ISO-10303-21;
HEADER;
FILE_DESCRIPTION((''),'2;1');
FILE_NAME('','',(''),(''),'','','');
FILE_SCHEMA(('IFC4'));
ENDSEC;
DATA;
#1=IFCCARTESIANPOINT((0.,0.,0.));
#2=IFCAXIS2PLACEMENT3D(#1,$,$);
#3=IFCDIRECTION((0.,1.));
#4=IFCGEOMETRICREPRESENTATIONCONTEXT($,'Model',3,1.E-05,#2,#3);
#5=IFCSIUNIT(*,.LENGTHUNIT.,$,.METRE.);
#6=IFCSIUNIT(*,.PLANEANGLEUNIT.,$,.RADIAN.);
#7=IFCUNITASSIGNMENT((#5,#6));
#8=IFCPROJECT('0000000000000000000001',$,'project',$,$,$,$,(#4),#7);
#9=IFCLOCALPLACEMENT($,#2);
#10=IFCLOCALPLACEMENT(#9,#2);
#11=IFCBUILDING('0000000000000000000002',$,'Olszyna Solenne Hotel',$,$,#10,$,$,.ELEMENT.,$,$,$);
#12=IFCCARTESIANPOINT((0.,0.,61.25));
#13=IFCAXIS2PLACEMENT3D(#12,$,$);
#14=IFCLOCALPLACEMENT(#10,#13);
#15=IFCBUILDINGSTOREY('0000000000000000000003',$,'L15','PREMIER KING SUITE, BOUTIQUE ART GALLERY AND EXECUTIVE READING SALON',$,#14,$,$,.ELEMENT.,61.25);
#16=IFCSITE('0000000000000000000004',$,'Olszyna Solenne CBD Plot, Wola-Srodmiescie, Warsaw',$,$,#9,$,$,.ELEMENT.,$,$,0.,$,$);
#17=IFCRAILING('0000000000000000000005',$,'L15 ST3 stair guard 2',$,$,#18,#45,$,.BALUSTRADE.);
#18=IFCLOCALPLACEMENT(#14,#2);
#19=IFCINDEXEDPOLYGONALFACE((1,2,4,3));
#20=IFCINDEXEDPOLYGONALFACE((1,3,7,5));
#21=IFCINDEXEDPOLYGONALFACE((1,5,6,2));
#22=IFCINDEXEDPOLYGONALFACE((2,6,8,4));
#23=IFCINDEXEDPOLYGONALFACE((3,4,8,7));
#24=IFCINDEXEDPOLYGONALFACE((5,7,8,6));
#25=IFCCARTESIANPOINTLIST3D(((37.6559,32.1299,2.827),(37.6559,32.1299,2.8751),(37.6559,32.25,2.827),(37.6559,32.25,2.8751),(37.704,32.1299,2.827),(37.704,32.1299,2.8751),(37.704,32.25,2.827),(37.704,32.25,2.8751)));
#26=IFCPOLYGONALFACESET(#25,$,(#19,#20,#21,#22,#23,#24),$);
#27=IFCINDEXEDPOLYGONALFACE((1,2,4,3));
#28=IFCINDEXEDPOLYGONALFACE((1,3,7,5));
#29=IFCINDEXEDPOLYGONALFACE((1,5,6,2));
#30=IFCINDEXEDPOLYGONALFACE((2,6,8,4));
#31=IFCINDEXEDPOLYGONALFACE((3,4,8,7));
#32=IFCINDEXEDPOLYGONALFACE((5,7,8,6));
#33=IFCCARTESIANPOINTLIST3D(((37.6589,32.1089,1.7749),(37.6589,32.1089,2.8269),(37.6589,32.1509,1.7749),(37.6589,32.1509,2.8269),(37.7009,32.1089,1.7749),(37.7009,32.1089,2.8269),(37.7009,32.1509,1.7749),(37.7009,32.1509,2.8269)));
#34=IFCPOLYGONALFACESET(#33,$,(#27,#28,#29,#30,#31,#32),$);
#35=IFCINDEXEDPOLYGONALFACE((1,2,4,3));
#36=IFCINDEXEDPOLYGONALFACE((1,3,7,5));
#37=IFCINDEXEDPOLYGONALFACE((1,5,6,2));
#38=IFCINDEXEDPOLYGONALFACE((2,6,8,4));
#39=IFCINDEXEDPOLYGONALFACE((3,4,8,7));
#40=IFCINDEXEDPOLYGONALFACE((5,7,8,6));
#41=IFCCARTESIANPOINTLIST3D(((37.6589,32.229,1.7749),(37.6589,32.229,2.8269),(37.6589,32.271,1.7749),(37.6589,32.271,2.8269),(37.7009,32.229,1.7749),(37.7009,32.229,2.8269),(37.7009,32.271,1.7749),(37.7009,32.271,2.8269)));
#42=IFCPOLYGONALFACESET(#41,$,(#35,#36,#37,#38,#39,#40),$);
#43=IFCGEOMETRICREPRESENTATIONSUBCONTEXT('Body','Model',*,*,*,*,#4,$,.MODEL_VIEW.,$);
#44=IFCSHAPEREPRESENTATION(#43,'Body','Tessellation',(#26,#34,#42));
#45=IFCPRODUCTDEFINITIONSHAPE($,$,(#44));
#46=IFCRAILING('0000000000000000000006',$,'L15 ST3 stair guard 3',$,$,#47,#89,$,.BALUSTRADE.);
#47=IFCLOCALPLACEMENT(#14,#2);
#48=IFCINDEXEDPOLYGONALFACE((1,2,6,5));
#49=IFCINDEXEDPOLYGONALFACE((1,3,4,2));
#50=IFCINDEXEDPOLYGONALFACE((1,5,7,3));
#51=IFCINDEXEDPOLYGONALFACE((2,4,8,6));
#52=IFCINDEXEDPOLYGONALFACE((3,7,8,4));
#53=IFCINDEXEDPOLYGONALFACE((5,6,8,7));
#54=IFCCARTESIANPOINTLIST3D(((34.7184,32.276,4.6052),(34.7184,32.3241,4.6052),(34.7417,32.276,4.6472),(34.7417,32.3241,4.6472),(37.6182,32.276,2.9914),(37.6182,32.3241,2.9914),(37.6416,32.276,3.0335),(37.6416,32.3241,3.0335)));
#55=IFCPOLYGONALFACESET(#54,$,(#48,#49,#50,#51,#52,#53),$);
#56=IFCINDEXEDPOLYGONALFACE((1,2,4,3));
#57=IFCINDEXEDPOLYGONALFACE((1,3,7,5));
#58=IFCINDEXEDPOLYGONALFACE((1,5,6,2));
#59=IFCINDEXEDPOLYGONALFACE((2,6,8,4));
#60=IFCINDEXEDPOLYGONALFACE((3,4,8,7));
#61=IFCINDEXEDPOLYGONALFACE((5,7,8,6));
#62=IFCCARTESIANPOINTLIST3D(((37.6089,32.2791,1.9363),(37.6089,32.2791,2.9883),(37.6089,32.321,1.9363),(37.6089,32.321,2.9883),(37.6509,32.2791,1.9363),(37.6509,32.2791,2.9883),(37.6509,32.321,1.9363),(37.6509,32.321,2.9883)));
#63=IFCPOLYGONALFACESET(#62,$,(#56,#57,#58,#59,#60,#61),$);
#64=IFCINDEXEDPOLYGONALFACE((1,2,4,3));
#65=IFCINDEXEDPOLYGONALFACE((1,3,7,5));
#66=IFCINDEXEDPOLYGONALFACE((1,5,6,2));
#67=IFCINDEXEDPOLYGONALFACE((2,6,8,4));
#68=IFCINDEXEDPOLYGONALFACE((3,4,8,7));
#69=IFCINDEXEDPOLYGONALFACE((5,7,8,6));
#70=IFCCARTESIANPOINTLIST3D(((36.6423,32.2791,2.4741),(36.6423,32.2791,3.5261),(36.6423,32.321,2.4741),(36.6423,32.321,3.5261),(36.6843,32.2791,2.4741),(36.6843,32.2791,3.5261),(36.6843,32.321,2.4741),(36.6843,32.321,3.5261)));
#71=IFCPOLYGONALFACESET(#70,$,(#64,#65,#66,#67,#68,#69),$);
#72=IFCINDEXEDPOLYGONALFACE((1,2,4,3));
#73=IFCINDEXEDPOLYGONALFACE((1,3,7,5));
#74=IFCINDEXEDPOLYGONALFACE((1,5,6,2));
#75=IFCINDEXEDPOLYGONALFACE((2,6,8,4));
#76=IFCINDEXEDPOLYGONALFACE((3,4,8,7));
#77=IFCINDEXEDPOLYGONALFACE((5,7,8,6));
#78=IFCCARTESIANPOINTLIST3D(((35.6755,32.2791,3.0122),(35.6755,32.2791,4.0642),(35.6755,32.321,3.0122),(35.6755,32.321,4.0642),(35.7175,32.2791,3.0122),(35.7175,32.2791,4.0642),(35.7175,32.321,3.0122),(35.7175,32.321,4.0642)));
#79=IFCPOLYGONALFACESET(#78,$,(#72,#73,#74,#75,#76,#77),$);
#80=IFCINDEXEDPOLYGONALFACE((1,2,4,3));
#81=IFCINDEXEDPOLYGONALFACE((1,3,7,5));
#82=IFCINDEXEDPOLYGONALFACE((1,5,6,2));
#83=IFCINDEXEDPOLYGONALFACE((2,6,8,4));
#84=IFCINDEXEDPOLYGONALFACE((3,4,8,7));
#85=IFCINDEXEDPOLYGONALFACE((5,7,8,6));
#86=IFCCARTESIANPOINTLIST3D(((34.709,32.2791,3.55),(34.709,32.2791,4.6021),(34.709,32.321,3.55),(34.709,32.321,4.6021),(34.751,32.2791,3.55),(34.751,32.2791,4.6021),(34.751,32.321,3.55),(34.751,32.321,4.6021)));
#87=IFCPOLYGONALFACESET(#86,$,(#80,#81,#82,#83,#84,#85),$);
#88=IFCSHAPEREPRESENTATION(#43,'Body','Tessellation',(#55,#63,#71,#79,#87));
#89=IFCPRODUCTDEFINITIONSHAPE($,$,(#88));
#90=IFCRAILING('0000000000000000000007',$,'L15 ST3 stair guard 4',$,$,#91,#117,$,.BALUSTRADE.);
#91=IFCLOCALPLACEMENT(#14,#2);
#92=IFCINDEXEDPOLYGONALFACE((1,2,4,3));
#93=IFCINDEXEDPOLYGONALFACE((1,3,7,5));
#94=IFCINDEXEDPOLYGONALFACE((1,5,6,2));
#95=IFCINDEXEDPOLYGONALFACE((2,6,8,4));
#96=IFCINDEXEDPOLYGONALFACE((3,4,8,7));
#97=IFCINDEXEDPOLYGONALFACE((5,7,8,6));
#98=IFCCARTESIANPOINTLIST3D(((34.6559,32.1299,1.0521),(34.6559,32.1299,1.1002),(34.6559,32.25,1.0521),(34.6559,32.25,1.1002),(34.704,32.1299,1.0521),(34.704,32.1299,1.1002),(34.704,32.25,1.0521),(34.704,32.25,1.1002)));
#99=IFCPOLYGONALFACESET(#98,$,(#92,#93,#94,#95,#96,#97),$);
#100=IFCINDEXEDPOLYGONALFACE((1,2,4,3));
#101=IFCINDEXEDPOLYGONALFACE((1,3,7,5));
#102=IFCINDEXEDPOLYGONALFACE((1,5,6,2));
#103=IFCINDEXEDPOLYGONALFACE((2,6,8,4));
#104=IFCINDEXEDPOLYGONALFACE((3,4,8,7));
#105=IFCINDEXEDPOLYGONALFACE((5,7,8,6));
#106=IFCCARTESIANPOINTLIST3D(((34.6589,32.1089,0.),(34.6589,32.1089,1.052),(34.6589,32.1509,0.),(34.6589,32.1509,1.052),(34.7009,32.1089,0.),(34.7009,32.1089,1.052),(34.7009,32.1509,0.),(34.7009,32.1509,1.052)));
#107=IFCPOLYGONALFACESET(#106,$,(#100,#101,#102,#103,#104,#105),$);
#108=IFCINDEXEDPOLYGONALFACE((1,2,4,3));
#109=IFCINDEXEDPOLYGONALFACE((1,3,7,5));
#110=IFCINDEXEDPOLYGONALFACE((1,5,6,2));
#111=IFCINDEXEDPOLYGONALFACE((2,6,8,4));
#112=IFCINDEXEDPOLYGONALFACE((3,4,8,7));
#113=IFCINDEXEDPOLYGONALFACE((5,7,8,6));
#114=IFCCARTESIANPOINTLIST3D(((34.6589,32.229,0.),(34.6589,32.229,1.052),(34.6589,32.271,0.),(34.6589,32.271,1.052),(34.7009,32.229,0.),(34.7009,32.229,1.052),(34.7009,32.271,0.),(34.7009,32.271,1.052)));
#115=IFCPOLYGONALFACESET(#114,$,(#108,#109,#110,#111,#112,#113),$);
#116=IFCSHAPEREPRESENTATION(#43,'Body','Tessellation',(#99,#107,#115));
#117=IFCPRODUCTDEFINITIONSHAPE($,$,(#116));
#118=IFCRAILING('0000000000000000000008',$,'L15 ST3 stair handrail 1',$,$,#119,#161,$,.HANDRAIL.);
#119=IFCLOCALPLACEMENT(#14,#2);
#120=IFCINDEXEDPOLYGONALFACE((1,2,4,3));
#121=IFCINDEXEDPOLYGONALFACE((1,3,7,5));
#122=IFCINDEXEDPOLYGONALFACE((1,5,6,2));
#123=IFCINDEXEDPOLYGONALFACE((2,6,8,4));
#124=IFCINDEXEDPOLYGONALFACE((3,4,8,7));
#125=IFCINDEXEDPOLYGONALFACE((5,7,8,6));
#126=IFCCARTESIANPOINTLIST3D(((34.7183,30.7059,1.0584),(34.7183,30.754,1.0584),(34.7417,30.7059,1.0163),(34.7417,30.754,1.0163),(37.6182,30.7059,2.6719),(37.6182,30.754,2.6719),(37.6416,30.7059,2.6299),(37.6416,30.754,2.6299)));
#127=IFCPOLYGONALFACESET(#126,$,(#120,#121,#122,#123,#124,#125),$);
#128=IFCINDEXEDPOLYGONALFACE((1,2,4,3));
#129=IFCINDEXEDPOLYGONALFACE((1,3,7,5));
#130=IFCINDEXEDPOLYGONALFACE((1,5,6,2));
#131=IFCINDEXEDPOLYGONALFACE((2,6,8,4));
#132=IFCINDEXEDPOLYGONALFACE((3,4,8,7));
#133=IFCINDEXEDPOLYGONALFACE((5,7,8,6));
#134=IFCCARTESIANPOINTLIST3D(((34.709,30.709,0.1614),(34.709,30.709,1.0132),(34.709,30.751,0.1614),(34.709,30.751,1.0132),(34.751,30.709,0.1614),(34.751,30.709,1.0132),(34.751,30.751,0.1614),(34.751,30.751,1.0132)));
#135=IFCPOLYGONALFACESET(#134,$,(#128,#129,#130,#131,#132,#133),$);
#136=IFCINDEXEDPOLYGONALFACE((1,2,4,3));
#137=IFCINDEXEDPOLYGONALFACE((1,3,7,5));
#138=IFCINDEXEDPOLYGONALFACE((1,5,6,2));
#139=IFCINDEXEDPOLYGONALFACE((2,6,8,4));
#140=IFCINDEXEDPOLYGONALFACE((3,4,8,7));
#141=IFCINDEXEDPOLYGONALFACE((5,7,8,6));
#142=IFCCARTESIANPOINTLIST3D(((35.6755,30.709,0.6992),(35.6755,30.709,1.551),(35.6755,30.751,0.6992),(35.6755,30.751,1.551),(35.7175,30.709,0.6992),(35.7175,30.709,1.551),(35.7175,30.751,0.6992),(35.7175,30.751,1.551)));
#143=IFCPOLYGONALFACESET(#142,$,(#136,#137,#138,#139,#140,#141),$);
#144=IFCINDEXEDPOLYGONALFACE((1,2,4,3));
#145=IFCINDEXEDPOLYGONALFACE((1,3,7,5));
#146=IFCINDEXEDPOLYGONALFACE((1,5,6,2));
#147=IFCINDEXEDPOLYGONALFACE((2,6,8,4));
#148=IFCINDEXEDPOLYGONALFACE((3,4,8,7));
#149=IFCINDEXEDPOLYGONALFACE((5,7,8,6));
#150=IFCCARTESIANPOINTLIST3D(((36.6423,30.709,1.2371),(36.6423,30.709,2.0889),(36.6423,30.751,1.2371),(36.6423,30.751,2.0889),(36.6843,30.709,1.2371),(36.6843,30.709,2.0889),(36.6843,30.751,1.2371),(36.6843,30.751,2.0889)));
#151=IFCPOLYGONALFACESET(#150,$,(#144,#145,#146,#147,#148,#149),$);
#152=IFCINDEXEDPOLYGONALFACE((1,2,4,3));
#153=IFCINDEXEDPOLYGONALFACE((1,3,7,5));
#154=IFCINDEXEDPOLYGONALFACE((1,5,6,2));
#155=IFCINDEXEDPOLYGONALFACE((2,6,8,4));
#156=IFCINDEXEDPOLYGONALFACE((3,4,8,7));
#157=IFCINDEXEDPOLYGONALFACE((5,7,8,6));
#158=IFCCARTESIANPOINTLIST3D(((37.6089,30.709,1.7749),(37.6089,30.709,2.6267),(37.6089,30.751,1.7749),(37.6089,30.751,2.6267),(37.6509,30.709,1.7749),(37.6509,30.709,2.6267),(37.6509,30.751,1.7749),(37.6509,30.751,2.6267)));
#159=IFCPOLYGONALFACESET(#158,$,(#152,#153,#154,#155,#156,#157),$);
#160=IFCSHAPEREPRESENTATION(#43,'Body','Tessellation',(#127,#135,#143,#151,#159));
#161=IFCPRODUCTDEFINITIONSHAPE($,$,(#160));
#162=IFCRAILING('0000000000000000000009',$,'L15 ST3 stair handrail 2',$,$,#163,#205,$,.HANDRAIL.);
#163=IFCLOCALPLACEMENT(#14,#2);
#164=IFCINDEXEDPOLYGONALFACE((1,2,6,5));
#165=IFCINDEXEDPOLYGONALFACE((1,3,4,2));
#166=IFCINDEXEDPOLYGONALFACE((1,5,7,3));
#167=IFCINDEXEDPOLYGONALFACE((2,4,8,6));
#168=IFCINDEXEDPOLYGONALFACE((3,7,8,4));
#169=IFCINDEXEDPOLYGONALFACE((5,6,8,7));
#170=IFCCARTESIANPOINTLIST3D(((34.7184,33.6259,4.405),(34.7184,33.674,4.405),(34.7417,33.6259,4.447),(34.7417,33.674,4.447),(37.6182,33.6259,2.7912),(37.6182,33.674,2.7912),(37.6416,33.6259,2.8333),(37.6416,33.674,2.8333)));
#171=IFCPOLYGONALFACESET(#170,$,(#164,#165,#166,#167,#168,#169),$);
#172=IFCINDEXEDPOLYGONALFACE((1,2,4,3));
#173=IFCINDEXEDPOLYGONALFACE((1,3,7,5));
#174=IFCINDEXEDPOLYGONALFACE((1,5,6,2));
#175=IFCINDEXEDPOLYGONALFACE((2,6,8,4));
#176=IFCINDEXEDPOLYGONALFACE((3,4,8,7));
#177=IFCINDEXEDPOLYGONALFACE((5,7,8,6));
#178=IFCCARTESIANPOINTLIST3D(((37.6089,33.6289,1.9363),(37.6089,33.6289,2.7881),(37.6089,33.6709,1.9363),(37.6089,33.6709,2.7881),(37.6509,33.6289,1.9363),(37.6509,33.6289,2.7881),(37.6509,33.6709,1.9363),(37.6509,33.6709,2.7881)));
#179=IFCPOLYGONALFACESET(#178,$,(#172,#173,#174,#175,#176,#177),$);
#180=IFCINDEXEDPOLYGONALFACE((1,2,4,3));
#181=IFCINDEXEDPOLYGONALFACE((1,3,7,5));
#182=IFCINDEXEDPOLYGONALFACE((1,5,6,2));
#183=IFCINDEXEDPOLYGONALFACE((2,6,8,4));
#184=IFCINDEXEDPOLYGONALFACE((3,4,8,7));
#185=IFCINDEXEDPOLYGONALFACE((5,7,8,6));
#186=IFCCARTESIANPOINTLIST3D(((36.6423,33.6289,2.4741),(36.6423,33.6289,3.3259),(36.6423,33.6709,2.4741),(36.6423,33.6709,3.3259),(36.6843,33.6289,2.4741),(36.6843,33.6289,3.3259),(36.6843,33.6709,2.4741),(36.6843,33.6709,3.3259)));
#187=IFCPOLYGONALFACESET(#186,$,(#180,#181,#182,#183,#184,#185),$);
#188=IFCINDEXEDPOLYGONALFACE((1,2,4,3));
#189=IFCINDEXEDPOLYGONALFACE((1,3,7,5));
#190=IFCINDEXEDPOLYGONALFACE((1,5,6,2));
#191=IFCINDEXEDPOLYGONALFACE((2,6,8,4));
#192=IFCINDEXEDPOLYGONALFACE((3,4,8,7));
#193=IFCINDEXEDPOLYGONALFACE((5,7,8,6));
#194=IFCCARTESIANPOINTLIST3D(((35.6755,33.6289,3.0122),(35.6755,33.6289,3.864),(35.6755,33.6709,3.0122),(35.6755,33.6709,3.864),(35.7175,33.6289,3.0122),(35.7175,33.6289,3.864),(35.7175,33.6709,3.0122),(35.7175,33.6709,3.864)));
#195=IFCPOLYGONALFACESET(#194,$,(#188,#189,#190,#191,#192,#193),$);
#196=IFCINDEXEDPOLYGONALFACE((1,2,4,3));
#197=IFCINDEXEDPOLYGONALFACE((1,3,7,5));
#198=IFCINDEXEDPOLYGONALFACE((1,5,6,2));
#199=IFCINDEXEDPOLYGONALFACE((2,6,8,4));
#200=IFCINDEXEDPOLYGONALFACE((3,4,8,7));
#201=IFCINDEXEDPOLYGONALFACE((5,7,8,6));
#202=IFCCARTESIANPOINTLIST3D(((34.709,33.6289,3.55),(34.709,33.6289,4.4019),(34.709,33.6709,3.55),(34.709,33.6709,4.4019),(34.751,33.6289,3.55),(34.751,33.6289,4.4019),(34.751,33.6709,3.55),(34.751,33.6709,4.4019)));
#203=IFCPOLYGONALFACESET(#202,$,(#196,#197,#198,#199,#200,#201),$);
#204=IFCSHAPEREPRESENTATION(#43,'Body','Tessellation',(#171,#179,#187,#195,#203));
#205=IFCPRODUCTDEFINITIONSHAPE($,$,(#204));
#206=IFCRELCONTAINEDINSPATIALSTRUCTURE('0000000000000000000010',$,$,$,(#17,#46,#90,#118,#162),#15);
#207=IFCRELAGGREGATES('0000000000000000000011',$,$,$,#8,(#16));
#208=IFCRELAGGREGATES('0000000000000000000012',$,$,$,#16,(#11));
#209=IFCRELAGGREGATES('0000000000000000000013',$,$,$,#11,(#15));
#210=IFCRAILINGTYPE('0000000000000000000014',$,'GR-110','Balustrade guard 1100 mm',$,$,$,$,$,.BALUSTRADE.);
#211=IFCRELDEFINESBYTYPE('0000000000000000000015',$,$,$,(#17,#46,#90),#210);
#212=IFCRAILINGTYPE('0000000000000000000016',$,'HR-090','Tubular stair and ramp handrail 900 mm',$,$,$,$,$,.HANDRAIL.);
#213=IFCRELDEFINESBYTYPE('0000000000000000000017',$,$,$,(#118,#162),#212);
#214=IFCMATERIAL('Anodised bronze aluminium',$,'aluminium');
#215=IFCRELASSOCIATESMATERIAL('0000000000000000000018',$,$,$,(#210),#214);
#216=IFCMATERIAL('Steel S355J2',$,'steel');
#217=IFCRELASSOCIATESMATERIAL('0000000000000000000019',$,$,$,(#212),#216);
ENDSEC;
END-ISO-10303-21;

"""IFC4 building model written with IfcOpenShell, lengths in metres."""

from ifc_helpers import new_model, si_unit, direction, frame, origin, origin_2d, place, context, subcontext, project, spatial, rectangle, extrude, material, type_object, element, save


model = new_model("IFC4")

# Units and contexts
model_context = context("Model", 3, precision=1e-05, world=origin(), true_north=direction((0.0, 1.0)))
body_context = subcontext(model_context, "Body", "Model", "MODEL_VIEW")
ifc_project = project(units=[si_unit("LENGTHUNIT", "METRE"), si_unit("PLANEANGLEUNIT", "RADIAN")], contexts=[model_context])

# Site, building, storey
site_placement = place(None, origin())
site = spatial("IfcSite", under=ifc_project, at=site_placement, Name="Olszyna Solenne CBD Plot, Wola-Srodmiescie, Warsaw", CompositionType="ELEMENT", RefElevation=0.0)
building_placement = place(site_placement, origin())
building = spatial("IfcBuilding", under=site, at=building_placement, Name="Olszyna Solenne Hotel", CompositionType="ELEMENT")
storey_placement = place(building_placement, frame((0.0, 0.0, 61.25)))
storey = spatial("IfcBuildingStorey", under=building, at=storey_placement, Name="L15", Description="PREMIER KING SUITE, BOUTIQUE ART GALLERY AND EXECUTIVE READING SALON", CompositionType="ELEMENT", Elevation=61.25)

# Shared definitions
ifc_material_1 = material(Name="Steel S355J2", Category="steel")

# Shared definitions
ifc_material_2 = material(Name="Anodised bronze aluminium", Category="aluminium")

# Railings
railing_type_1 = type_object("IfcRailingType", Name="GR-110", Description="Balustrade guard 1100 mm", PredefinedType="BALUSTRADE", material=ifc_material_2)
railing_1_placement = place(storey_placement, frame((37.6799, 32.1299, 1.7749)))
element("IfcRailing", 1, at=railing_1_placement, inside=storey, type_object=railing_type_1, Name="L15 ST3 stair guard 2", PredefinedType="BALUSTRADE", context=body_context, shape_type="SweptSolid", body=[
    extrude(rectangle(XDim=0.0481, YDim=0.0481, at=origin_2d()), frame((0.0, 0.0, 1.0762), z_axis=(0.0, 1.0, 0.0), x_axis=(-1.0, 0.0, 0.0)), (0.0, 0.0, 1.0), 0.1201),
    extrude(rectangle(XDim=0.042, YDim=0.042, at=origin_2d()), origin(), (0.0, 0.0, 1.0), 1.052),
    extrude(rectangle(XDim=0.042, YDim=0.042, at=origin_2d()), frame((0.0, 0.1201, 0.0)), (0.0, 0.0, 1.0), 1.052),
])
railing_2_placement = place(storey_placement, frame((37.6299, 32.3, 1.9363)))
element("IfcRailing", 2, at=railing_2_placement, inside=storey, type_object=railing_type_1, Name="L15 ST3 stair guard 3", PredefinedType="BALUSTRADE", context=body_context, shape_type="SweptSolid", body=[
    extrude(rectangle(XDim=0.0481, YDim=0.0481, at=origin_2d()), frame((0.0, 0.0, 1.0762), z_axis=(-0.87381, 0.0, 0.486267), x_axis=(0.0, -1.0, 0.0)), (0.0, 0.0, 1.0), 3.3186),
    extrude(rectangle(XDim=0.042, YDim=0.042, at=origin_2d()), origin(), (0.0, 0.0, 1.0), 1.052),
    extrude(rectangle(XDim=0.042, YDim=0.042, at=origin_2d()), frame((-0.9666, 0.0, 0.5378)), (0.0, 0.0, 1.0), 1.052),
    extrude(rectangle(XDim=0.042, YDim=0.042, at=origin_2d()), frame((-1.9333, 0.0, 1.0759)), (0.0, 0.0, 1.0), 1.052),
    extrude(rectangle(XDim=0.042, YDim=0.042, at=origin_2d()), frame((-2.8999, 0.0, 1.6138)), (0.0, 0.0, 1.0), 1.052),
])
railing_3_placement = place(storey_placement, frame((34.6799, 32.1299, 0.0)))
element("IfcRailing", 3, at=railing_3_placement, inside=storey, type_object=railing_type_1, Name="L15 ST3 stair guard 4", PredefinedType="BALUSTRADE", context=body_context, shape_type="SweptSolid", body=[
    extrude(rectangle(XDim=0.0481, YDim=0.0481, at=origin_2d()), frame((0.0, 0.0, 1.0762), z_axis=(0.0, 1.0, 0.0), x_axis=(-1.0, 0.0, 0.0)), (0.0, 0.0, 1.0), 0.1201),
    extrude(rectangle(XDim=0.042, YDim=0.042, at=origin_2d()), origin(), (0.0, 0.0, 1.0), 1.052),
    extrude(rectangle(XDim=0.042, YDim=0.042, at=origin_2d()), frame((0.0, 0.1201, 0.0)), (0.0, 0.0, 1.0), 1.052),
])
railing_type_2 = type_object("IfcRailingType", Name="HR-090", Description="Tubular stair and ramp handrail 900 mm", PredefinedType="HANDRAIL", material=ifc_material_1)
railing_4_placement = place(storey_placement, frame((34.73, 30.73, 0.1614)))
element("IfcRailing", 4, at=railing_4_placement, inside=storey, type_object=railing_type_2, Name="L15 ST3 stair handrail 1", PredefinedType="HANDRAIL", context=body_context, shape_type="SweptSolid", body=[
    extrude(rectangle(XDim=0.0481, YDim=0.0481, at=origin_2d()), frame((0.0, 0.0, 0.876), z_axis=(0.873841, 0.0, 0.486211), x_axis=(0.0, 1.0, 0.0)), (0.0, 0.0, 1.0), 3.3186),
    extrude(rectangle(XDim=0.042, YDim=0.042, at=origin_2d()), origin(), (0.0, 0.0, 1.0), 0.8518),
    extrude(rectangle(XDim=0.042, YDim=0.042, at=origin_2d()), frame((0.9666, 0.0, 0.5378)), (0.0, 0.0, 1.0), 0.8518),
    extrude(rectangle(XDim=0.042, YDim=0.042, at=origin_2d()), frame((1.9333, 0.0, 1.0757)), (0.0, 0.0, 1.0), 0.8518),
    extrude(rectangle(XDim=0.042, YDim=0.042, at=origin_2d()), frame((2.8999, 0.0, 1.6135)), (0.0, 0.0, 1.0), 0.8518),
])
railing_5_placement = place(storey_placement, frame((37.6299, 33.6499, 1.9363)))
element("IfcRailing", 5, at=railing_5_placement, inside=storey, type_object=railing_type_2, Name="L15 ST3 stair handrail 2", PredefinedType="HANDRAIL", context=body_context, shape_type="SweptSolid", body=[
    extrude(rectangle(XDim=0.0481, YDim=0.0481, at=origin_2d()), frame((0.0, 0.0, 0.876), z_axis=(-0.87381, 0.0, 0.486267), x_axis=(0.0, -1.0, 0.0)), (0.0, 0.0, 1.0), 3.3186),
    extrude(rectangle(XDim=0.042, YDim=0.042, at=origin_2d()), origin(), (0.0, 0.0, 1.0), 0.8518),
    extrude(rectangle(XDim=0.042, YDim=0.042, at=origin_2d()), frame((-0.9666, 0.0, 0.5378)), (0.0, 0.0, 1.0), 0.8518),
    extrude(rectangle(XDim=0.042, YDim=0.042, at=origin_2d()), frame((-1.9333, 0.0, 1.0759)), (0.0, 0.0, 1.0), 0.8518),
    extrude(rectangle(XDim=0.042, YDim=0.042, at=origin_2d()), frame((-2.8999, 0.0, 1.6138)), (0.0, 0.0, 1.0), 0.8518),
])

save(model, "model.ifc")
